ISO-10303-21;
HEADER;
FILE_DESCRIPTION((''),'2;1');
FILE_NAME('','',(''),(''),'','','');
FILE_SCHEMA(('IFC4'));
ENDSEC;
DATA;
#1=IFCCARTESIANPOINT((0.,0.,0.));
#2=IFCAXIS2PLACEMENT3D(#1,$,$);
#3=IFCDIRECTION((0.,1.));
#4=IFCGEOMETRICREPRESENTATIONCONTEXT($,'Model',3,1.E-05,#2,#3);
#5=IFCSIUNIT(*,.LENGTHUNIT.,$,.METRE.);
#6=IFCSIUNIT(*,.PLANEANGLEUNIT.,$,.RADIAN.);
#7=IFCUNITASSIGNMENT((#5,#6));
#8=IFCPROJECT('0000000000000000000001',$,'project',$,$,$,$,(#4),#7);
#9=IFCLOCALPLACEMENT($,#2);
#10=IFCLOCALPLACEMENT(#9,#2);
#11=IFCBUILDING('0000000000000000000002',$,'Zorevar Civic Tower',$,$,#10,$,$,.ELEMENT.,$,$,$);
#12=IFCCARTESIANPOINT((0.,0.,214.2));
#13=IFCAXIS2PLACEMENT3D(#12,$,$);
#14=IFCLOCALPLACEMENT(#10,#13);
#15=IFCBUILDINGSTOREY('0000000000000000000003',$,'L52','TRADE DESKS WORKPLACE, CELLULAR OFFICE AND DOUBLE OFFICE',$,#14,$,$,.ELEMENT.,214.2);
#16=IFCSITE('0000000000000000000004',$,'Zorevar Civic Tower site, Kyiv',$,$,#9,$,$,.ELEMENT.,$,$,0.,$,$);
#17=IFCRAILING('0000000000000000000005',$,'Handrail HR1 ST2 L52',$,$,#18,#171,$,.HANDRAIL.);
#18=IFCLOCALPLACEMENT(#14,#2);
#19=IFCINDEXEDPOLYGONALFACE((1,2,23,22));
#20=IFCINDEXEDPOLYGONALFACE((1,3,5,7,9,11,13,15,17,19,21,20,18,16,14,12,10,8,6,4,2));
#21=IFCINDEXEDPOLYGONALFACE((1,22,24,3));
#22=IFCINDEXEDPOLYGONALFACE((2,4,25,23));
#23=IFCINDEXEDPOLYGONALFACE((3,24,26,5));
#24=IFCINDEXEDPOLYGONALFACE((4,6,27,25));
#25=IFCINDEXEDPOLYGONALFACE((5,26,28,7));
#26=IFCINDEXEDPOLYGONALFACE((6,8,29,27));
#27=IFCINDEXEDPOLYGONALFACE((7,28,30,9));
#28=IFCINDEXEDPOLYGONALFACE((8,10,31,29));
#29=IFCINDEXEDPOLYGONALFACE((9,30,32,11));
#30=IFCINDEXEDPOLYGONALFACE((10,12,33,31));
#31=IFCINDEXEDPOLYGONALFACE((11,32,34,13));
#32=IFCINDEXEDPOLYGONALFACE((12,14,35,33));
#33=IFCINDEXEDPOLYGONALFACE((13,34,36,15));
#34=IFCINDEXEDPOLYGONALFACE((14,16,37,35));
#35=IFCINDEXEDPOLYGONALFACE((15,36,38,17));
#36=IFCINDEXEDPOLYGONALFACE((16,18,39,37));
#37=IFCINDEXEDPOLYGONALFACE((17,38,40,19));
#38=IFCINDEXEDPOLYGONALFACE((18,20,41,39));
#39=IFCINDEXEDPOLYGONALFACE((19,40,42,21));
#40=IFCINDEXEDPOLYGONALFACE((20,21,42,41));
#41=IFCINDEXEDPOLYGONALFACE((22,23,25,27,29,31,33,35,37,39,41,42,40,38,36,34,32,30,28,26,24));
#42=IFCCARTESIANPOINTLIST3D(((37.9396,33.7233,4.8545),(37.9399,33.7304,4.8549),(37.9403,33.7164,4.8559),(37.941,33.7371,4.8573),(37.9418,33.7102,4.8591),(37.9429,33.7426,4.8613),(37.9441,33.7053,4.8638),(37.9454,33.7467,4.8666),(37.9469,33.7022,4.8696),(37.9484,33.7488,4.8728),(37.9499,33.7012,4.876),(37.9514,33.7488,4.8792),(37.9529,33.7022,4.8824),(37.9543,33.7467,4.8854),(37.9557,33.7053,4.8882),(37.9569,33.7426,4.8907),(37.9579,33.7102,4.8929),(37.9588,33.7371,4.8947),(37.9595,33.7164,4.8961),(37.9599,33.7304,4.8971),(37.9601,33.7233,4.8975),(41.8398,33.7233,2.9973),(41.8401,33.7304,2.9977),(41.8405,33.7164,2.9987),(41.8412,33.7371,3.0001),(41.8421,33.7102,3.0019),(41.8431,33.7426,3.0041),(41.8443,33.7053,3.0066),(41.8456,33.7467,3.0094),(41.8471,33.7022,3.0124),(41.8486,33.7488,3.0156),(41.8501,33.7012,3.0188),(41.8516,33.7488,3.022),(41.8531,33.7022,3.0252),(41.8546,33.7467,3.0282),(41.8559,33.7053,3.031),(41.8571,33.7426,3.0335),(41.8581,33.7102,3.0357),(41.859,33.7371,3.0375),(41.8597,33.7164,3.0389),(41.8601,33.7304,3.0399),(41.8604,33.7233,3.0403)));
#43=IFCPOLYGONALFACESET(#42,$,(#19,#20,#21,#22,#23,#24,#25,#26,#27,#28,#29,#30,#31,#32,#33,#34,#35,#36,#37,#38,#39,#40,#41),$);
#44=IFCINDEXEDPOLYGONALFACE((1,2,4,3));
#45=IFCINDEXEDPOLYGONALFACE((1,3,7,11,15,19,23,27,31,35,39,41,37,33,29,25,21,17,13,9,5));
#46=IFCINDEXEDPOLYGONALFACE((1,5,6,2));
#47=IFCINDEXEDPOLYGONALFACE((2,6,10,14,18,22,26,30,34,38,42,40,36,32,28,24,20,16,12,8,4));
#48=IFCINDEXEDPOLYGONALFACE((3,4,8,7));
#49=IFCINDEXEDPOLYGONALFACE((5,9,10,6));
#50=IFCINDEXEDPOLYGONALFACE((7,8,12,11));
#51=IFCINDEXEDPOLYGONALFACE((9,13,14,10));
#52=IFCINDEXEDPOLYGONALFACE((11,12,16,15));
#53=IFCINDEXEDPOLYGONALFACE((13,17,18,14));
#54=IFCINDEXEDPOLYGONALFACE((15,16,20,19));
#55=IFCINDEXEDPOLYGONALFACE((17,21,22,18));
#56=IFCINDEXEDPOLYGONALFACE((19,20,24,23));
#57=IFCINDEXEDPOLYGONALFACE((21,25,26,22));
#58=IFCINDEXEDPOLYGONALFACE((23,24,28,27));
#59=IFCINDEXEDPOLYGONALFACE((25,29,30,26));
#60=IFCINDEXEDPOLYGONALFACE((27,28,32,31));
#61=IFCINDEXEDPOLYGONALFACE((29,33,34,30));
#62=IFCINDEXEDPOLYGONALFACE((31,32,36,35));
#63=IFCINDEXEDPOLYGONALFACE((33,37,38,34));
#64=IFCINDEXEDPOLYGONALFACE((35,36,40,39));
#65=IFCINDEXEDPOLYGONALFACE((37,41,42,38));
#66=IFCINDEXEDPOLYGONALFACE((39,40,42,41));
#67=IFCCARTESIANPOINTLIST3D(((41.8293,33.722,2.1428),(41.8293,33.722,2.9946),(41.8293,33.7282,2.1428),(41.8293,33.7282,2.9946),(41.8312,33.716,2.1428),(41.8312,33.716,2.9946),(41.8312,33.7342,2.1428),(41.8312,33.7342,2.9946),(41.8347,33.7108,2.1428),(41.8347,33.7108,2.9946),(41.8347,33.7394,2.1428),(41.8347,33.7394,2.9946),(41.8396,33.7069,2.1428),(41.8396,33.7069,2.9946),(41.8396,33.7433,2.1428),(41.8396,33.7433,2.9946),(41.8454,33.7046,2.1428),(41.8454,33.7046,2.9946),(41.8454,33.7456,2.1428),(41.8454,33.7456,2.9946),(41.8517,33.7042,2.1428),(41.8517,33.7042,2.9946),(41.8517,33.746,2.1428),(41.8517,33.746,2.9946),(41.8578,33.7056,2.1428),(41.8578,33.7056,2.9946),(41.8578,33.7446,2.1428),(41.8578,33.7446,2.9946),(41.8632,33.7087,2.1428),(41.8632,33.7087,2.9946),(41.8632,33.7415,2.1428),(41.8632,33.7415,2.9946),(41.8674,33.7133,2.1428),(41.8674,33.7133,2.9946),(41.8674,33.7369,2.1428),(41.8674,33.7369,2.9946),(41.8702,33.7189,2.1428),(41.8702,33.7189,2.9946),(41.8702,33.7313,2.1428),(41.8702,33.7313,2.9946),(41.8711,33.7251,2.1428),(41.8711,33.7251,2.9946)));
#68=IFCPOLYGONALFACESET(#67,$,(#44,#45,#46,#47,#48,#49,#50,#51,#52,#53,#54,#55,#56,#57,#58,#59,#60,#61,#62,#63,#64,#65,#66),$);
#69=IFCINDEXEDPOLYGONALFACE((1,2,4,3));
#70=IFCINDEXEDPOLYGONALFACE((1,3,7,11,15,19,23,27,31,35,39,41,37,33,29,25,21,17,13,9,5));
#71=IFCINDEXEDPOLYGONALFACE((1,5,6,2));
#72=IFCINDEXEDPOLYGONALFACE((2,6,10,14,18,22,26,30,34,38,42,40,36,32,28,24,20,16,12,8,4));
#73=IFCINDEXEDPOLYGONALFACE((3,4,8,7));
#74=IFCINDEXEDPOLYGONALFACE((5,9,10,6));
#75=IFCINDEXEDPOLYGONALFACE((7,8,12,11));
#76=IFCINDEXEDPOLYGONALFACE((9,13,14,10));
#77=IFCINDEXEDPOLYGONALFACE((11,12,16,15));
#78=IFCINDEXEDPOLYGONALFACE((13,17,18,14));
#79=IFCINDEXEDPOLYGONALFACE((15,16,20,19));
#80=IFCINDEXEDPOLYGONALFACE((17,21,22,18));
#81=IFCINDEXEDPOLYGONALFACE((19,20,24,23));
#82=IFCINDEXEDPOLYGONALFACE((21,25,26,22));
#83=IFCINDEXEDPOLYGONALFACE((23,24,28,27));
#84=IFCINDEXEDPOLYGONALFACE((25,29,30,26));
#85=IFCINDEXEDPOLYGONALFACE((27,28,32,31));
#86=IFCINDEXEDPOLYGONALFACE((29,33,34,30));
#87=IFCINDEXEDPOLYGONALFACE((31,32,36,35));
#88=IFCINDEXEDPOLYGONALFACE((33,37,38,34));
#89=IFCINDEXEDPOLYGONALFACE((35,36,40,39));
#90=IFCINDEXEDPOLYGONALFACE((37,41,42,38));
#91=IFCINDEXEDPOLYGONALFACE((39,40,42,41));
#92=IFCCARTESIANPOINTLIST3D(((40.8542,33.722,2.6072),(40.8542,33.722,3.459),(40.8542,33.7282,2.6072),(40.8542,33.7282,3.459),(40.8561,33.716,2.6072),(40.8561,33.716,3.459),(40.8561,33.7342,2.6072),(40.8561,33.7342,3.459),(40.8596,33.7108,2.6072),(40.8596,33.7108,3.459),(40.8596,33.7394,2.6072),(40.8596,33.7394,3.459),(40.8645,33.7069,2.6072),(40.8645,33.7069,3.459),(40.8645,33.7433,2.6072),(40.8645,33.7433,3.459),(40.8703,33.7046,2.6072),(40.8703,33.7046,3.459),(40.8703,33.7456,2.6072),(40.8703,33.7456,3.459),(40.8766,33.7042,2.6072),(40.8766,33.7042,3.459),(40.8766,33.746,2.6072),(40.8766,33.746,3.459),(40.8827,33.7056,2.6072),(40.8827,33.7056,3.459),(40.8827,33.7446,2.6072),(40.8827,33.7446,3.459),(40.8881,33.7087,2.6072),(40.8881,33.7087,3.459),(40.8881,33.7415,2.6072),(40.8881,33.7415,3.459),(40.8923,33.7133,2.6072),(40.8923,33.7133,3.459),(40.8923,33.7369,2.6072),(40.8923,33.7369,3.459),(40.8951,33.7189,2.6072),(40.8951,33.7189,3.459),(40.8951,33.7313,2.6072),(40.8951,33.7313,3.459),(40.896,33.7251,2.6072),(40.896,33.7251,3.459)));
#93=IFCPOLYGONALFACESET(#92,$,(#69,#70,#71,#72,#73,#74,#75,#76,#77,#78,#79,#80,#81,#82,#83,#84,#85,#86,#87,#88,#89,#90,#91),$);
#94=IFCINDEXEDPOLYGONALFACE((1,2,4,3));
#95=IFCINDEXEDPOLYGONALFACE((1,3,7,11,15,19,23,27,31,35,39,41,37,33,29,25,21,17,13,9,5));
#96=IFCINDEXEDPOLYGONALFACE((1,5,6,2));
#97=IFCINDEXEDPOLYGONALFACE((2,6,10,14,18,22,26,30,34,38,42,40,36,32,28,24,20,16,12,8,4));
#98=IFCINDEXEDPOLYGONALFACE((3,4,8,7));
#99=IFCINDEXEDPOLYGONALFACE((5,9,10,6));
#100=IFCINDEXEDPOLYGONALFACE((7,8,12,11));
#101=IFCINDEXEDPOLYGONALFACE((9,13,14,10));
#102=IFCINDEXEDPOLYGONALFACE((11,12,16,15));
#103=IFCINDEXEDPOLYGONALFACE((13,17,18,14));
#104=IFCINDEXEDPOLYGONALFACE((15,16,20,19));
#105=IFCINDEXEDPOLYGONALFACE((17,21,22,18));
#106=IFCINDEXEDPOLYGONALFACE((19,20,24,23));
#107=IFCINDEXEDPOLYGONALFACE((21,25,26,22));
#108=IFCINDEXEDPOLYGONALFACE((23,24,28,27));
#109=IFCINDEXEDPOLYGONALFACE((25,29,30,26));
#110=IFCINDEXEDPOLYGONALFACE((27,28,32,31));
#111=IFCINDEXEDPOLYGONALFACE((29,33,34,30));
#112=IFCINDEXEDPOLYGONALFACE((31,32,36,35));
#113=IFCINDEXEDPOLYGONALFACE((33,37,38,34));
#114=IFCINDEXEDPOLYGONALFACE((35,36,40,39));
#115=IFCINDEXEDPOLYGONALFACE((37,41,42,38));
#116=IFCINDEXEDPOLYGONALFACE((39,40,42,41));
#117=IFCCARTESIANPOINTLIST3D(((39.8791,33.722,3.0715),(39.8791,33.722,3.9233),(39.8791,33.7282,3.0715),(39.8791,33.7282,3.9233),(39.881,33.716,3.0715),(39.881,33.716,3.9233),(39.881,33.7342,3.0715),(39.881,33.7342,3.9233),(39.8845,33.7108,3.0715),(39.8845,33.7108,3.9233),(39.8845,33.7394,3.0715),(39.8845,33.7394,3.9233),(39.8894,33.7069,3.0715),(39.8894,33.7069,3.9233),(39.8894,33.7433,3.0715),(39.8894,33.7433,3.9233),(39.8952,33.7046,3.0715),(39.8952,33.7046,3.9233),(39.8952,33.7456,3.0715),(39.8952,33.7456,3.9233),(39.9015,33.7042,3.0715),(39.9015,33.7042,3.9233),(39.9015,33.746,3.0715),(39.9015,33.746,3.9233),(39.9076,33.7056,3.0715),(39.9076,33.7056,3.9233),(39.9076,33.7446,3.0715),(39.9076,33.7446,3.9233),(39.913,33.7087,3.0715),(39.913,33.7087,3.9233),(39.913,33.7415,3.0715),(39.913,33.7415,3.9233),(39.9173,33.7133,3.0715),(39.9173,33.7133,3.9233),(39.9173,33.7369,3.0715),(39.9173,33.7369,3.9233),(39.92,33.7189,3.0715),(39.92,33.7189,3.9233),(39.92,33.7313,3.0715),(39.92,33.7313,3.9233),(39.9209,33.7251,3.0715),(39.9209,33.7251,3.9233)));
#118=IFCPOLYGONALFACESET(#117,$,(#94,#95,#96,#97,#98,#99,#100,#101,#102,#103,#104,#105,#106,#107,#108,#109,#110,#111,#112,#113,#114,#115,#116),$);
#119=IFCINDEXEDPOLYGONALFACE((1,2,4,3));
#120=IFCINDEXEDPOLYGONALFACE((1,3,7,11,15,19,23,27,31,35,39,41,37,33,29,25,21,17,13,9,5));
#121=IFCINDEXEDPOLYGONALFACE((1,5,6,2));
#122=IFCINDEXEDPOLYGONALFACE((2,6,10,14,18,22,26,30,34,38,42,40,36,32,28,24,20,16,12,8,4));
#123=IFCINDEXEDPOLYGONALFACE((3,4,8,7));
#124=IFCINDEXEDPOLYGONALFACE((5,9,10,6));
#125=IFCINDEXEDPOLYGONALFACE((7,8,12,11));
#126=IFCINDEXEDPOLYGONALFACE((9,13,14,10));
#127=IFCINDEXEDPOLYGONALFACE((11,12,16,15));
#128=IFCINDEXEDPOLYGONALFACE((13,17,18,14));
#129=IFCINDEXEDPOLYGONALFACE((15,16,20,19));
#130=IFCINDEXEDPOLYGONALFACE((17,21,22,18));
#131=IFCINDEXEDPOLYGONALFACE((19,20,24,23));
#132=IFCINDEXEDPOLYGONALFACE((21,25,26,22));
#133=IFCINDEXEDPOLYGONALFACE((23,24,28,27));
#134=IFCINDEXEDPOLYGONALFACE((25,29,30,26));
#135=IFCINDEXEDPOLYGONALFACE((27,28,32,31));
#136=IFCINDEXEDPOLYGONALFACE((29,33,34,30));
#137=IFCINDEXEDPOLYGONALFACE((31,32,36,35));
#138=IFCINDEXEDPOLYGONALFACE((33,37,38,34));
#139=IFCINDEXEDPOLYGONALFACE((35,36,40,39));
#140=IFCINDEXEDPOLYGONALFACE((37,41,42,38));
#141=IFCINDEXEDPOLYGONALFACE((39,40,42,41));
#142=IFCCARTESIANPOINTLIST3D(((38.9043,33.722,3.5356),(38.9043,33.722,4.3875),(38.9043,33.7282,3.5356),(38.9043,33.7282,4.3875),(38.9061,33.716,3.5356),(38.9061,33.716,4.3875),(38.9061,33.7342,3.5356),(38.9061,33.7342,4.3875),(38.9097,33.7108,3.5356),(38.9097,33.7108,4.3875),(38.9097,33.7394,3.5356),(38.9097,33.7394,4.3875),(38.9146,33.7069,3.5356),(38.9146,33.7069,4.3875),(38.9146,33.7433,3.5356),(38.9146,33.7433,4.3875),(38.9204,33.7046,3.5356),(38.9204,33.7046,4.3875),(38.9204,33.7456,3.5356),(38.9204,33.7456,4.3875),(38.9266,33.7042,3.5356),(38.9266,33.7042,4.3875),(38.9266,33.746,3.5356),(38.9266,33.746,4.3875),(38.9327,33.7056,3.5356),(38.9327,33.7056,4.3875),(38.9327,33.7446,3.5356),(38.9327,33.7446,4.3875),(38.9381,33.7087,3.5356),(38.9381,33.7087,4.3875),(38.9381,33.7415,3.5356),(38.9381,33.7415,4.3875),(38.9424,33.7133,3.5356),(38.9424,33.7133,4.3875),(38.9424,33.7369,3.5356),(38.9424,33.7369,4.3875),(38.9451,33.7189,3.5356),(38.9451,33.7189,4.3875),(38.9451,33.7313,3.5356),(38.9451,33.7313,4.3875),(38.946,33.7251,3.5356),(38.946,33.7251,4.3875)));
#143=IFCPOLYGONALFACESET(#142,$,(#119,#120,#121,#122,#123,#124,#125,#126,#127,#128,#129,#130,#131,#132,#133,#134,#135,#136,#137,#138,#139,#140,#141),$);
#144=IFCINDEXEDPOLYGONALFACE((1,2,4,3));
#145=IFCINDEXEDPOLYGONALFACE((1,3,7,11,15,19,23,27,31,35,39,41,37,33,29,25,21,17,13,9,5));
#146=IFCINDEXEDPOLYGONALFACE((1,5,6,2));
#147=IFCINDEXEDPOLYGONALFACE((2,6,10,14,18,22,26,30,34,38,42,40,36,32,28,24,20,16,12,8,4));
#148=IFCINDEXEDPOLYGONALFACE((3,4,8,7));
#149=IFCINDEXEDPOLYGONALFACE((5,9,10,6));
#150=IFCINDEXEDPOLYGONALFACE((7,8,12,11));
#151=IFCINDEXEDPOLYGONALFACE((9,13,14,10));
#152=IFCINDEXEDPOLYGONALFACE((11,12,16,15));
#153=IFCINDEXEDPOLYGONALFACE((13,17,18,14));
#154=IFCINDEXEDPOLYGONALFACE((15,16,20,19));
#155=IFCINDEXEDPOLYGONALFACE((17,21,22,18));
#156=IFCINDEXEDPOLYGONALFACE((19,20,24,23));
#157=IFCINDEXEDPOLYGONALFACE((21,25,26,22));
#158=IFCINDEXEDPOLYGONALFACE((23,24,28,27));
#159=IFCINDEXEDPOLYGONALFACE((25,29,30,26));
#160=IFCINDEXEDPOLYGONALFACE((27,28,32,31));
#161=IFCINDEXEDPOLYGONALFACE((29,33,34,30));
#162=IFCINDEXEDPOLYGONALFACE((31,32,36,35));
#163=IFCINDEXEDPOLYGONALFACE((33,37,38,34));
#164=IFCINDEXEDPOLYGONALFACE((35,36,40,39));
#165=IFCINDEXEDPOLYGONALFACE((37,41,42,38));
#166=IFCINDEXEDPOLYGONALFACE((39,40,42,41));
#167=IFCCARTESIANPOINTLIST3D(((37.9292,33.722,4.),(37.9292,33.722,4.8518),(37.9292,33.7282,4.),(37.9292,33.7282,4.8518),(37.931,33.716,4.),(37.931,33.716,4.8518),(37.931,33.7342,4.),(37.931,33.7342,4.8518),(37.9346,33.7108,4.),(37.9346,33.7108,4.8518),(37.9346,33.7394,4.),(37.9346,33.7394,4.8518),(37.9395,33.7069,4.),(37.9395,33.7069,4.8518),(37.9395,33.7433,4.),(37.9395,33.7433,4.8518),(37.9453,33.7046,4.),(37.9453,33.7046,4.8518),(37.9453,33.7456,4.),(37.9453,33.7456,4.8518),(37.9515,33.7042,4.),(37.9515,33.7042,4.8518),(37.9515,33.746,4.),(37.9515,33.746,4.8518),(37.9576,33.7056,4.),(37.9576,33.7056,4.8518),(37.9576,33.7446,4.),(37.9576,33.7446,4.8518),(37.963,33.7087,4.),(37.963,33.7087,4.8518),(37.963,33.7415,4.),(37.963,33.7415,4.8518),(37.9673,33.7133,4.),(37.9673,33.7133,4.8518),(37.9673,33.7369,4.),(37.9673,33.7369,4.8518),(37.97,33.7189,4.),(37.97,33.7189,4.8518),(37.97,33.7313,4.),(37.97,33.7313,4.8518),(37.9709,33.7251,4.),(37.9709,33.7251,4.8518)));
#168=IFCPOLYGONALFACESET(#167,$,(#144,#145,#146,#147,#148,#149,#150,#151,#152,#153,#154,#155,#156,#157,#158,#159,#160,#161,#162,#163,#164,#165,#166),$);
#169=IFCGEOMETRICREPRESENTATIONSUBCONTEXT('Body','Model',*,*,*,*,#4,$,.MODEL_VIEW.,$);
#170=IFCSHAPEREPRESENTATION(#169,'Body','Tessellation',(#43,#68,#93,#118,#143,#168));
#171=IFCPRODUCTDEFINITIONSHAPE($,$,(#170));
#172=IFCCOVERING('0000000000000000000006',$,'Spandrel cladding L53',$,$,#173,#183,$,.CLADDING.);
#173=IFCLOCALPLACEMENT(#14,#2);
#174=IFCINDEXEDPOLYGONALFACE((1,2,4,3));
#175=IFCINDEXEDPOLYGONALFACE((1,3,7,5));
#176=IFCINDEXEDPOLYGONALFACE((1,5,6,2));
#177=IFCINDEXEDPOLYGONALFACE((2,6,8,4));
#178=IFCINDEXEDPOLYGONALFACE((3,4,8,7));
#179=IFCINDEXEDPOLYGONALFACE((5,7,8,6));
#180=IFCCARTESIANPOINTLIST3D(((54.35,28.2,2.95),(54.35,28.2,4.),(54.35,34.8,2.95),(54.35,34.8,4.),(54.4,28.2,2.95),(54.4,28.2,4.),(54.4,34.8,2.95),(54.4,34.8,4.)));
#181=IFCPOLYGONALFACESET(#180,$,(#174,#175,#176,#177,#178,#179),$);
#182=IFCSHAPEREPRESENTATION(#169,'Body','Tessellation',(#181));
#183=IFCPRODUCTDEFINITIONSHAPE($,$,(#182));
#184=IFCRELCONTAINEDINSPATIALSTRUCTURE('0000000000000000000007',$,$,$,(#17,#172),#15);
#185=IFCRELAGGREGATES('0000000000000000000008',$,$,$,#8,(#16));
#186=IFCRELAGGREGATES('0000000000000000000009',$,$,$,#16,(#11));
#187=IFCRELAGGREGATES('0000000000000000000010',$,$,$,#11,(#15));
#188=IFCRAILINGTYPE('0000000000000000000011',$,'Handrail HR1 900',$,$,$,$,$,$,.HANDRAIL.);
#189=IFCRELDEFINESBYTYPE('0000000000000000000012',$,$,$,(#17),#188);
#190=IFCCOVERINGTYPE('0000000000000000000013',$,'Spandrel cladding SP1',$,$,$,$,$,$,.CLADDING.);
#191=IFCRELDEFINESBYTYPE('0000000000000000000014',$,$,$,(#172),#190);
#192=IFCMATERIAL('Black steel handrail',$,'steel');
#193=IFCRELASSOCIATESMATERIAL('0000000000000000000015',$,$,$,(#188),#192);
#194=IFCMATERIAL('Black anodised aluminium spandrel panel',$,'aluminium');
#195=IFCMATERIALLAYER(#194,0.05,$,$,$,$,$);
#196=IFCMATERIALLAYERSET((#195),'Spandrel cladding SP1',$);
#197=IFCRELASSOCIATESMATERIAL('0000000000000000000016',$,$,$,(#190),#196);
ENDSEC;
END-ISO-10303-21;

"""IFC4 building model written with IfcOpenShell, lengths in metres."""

from ifc_helpers import new_model, si_unit, direction, frame, frame_2d, origin, origin_2d, place, context, subcontext, project, spatial, rectangle, circle, extrude, material, layer, layer_set, type_object, element, save


model = new_model("IFC4")

# Units and contexts
model_context = context("Model", 3, precision=1e-05, world=origin(), true_north=direction((0.0, 1.0)))
body_context = subcontext(model_context, "Body", "Model", "MODEL_VIEW")
ifc_project = project(units=[si_unit("LENGTHUNIT", "METRE"), si_unit("PLANEANGLEUNIT", "RADIAN")], contexts=[model_context])

# Site, building, storey
site_placement = place(None, origin())
site = spatial("IfcSite", under=ifc_project, at=site_placement, Name="Zorevar Civic Tower site, Kyiv", CompositionType="ELEMENT", RefElevation=0.0)
building_placement = place(site_placement, origin())
building = spatial("IfcBuilding", under=site, at=building_placement, Name="Zorevar Civic Tower", CompositionType="ELEMENT")
storey_placement = place(building_placement, frame((0.0, 0.0, 214.2)))
storey = spatial("IfcBuildingStorey", under=building, at=storey_placement, Name="L52", Description="TRADE DESKS WORKPLACE, CELLULAR OFFICE AND DOUBLE OFFICE", CompositionType="ELEMENT", Elevation=214.2)

# Railing
ifc_material_1 = material(Name="Black steel handrail", Category="steel")
railing_type = type_object("IfcRailingType", Name="Handrail HR1 900", PredefinedType="HANDRAIL", material=ifc_material_1)
railing_placement = place(storey_placement, frame((41.8501, 33.7251, 2.1428)))
element("IfcRailing", 1, at=railing_placement, inside=storey, type_object=railing_type, Name="Handrail HR1 ST2 L52", PredefinedType="HANDRAIL", context=body_context, shape_type="SweptSolid", body=[
    extrude(circle(Radius=0.0239, at=origin_2d()), frame((0.0, 0.0, 0.876), z_axis=(-0.902864, 0.0, 0.429927), x_axis=(0.0, -1.0, 0.0)), (0.0, 0.0, 1.0), 4.3198),
    extrude(circle(Radius=0.021, at=origin_2d()), origin(), (0.0, 0.0, 1.0), 0.8518),
    extrude(circle(Radius=0.021, at=origin_2d()), frame((-0.9751, 0.0, 0.4644)), (0.0, 0.0, 1.0), 0.8518),
    extrude(circle(Radius=0.021, at=origin_2d()), frame((-1.9502, 0.0, 0.9287)), (0.0, 0.0, 1.0), 0.8518),
    extrude(circle(Radius=0.021, at=origin_2d()), frame((-2.925, 0.0, 1.3928)), (0.0, 0.0, 1.0), 0.8518),
    extrude(circle(Radius=0.021, at=origin_2d()), frame((-3.9001, 0.0, 1.8572)), (0.0, 0.0, 1.0), 0.8518),
])

# Covering
ifc_material_2 = material(Name="Black anodised aluminium spandrel panel", Category="aluminium")
ifc_layer_1 = layer(ifc_material_2, 0.05)
ifc_layer_set_1 = layer_set([ifc_layer_1], Name="Spandrel cladding SP1")
covering_type = type_object("IfcCoveringType", Name="Spandrel cladding SP1", PredefinedType="CLADDING", material=ifc_layer_set_1)
covering_placement = place(storey_placement, frame((54.375, 28.2, 2.95), z_axis=(0.0, 0.0, 1.0), x_axis=(0.0, 1.0, 0.0)))
element("IfcCovering", 2, at=covering_placement, inside=storey, type_object=covering_type, Name="Spandrel cladding L53", PredefinedType="CLADDING", context=body_context, shape_type="SweptSolid", body=[
    extrude(rectangle(XDim=6.6001, YDim=0.05, at=frame_2d((3.3, 0.0))), origin(), (0.0, 0.0, 1.0), 1.05),
])

save(model, "model.ifc")
